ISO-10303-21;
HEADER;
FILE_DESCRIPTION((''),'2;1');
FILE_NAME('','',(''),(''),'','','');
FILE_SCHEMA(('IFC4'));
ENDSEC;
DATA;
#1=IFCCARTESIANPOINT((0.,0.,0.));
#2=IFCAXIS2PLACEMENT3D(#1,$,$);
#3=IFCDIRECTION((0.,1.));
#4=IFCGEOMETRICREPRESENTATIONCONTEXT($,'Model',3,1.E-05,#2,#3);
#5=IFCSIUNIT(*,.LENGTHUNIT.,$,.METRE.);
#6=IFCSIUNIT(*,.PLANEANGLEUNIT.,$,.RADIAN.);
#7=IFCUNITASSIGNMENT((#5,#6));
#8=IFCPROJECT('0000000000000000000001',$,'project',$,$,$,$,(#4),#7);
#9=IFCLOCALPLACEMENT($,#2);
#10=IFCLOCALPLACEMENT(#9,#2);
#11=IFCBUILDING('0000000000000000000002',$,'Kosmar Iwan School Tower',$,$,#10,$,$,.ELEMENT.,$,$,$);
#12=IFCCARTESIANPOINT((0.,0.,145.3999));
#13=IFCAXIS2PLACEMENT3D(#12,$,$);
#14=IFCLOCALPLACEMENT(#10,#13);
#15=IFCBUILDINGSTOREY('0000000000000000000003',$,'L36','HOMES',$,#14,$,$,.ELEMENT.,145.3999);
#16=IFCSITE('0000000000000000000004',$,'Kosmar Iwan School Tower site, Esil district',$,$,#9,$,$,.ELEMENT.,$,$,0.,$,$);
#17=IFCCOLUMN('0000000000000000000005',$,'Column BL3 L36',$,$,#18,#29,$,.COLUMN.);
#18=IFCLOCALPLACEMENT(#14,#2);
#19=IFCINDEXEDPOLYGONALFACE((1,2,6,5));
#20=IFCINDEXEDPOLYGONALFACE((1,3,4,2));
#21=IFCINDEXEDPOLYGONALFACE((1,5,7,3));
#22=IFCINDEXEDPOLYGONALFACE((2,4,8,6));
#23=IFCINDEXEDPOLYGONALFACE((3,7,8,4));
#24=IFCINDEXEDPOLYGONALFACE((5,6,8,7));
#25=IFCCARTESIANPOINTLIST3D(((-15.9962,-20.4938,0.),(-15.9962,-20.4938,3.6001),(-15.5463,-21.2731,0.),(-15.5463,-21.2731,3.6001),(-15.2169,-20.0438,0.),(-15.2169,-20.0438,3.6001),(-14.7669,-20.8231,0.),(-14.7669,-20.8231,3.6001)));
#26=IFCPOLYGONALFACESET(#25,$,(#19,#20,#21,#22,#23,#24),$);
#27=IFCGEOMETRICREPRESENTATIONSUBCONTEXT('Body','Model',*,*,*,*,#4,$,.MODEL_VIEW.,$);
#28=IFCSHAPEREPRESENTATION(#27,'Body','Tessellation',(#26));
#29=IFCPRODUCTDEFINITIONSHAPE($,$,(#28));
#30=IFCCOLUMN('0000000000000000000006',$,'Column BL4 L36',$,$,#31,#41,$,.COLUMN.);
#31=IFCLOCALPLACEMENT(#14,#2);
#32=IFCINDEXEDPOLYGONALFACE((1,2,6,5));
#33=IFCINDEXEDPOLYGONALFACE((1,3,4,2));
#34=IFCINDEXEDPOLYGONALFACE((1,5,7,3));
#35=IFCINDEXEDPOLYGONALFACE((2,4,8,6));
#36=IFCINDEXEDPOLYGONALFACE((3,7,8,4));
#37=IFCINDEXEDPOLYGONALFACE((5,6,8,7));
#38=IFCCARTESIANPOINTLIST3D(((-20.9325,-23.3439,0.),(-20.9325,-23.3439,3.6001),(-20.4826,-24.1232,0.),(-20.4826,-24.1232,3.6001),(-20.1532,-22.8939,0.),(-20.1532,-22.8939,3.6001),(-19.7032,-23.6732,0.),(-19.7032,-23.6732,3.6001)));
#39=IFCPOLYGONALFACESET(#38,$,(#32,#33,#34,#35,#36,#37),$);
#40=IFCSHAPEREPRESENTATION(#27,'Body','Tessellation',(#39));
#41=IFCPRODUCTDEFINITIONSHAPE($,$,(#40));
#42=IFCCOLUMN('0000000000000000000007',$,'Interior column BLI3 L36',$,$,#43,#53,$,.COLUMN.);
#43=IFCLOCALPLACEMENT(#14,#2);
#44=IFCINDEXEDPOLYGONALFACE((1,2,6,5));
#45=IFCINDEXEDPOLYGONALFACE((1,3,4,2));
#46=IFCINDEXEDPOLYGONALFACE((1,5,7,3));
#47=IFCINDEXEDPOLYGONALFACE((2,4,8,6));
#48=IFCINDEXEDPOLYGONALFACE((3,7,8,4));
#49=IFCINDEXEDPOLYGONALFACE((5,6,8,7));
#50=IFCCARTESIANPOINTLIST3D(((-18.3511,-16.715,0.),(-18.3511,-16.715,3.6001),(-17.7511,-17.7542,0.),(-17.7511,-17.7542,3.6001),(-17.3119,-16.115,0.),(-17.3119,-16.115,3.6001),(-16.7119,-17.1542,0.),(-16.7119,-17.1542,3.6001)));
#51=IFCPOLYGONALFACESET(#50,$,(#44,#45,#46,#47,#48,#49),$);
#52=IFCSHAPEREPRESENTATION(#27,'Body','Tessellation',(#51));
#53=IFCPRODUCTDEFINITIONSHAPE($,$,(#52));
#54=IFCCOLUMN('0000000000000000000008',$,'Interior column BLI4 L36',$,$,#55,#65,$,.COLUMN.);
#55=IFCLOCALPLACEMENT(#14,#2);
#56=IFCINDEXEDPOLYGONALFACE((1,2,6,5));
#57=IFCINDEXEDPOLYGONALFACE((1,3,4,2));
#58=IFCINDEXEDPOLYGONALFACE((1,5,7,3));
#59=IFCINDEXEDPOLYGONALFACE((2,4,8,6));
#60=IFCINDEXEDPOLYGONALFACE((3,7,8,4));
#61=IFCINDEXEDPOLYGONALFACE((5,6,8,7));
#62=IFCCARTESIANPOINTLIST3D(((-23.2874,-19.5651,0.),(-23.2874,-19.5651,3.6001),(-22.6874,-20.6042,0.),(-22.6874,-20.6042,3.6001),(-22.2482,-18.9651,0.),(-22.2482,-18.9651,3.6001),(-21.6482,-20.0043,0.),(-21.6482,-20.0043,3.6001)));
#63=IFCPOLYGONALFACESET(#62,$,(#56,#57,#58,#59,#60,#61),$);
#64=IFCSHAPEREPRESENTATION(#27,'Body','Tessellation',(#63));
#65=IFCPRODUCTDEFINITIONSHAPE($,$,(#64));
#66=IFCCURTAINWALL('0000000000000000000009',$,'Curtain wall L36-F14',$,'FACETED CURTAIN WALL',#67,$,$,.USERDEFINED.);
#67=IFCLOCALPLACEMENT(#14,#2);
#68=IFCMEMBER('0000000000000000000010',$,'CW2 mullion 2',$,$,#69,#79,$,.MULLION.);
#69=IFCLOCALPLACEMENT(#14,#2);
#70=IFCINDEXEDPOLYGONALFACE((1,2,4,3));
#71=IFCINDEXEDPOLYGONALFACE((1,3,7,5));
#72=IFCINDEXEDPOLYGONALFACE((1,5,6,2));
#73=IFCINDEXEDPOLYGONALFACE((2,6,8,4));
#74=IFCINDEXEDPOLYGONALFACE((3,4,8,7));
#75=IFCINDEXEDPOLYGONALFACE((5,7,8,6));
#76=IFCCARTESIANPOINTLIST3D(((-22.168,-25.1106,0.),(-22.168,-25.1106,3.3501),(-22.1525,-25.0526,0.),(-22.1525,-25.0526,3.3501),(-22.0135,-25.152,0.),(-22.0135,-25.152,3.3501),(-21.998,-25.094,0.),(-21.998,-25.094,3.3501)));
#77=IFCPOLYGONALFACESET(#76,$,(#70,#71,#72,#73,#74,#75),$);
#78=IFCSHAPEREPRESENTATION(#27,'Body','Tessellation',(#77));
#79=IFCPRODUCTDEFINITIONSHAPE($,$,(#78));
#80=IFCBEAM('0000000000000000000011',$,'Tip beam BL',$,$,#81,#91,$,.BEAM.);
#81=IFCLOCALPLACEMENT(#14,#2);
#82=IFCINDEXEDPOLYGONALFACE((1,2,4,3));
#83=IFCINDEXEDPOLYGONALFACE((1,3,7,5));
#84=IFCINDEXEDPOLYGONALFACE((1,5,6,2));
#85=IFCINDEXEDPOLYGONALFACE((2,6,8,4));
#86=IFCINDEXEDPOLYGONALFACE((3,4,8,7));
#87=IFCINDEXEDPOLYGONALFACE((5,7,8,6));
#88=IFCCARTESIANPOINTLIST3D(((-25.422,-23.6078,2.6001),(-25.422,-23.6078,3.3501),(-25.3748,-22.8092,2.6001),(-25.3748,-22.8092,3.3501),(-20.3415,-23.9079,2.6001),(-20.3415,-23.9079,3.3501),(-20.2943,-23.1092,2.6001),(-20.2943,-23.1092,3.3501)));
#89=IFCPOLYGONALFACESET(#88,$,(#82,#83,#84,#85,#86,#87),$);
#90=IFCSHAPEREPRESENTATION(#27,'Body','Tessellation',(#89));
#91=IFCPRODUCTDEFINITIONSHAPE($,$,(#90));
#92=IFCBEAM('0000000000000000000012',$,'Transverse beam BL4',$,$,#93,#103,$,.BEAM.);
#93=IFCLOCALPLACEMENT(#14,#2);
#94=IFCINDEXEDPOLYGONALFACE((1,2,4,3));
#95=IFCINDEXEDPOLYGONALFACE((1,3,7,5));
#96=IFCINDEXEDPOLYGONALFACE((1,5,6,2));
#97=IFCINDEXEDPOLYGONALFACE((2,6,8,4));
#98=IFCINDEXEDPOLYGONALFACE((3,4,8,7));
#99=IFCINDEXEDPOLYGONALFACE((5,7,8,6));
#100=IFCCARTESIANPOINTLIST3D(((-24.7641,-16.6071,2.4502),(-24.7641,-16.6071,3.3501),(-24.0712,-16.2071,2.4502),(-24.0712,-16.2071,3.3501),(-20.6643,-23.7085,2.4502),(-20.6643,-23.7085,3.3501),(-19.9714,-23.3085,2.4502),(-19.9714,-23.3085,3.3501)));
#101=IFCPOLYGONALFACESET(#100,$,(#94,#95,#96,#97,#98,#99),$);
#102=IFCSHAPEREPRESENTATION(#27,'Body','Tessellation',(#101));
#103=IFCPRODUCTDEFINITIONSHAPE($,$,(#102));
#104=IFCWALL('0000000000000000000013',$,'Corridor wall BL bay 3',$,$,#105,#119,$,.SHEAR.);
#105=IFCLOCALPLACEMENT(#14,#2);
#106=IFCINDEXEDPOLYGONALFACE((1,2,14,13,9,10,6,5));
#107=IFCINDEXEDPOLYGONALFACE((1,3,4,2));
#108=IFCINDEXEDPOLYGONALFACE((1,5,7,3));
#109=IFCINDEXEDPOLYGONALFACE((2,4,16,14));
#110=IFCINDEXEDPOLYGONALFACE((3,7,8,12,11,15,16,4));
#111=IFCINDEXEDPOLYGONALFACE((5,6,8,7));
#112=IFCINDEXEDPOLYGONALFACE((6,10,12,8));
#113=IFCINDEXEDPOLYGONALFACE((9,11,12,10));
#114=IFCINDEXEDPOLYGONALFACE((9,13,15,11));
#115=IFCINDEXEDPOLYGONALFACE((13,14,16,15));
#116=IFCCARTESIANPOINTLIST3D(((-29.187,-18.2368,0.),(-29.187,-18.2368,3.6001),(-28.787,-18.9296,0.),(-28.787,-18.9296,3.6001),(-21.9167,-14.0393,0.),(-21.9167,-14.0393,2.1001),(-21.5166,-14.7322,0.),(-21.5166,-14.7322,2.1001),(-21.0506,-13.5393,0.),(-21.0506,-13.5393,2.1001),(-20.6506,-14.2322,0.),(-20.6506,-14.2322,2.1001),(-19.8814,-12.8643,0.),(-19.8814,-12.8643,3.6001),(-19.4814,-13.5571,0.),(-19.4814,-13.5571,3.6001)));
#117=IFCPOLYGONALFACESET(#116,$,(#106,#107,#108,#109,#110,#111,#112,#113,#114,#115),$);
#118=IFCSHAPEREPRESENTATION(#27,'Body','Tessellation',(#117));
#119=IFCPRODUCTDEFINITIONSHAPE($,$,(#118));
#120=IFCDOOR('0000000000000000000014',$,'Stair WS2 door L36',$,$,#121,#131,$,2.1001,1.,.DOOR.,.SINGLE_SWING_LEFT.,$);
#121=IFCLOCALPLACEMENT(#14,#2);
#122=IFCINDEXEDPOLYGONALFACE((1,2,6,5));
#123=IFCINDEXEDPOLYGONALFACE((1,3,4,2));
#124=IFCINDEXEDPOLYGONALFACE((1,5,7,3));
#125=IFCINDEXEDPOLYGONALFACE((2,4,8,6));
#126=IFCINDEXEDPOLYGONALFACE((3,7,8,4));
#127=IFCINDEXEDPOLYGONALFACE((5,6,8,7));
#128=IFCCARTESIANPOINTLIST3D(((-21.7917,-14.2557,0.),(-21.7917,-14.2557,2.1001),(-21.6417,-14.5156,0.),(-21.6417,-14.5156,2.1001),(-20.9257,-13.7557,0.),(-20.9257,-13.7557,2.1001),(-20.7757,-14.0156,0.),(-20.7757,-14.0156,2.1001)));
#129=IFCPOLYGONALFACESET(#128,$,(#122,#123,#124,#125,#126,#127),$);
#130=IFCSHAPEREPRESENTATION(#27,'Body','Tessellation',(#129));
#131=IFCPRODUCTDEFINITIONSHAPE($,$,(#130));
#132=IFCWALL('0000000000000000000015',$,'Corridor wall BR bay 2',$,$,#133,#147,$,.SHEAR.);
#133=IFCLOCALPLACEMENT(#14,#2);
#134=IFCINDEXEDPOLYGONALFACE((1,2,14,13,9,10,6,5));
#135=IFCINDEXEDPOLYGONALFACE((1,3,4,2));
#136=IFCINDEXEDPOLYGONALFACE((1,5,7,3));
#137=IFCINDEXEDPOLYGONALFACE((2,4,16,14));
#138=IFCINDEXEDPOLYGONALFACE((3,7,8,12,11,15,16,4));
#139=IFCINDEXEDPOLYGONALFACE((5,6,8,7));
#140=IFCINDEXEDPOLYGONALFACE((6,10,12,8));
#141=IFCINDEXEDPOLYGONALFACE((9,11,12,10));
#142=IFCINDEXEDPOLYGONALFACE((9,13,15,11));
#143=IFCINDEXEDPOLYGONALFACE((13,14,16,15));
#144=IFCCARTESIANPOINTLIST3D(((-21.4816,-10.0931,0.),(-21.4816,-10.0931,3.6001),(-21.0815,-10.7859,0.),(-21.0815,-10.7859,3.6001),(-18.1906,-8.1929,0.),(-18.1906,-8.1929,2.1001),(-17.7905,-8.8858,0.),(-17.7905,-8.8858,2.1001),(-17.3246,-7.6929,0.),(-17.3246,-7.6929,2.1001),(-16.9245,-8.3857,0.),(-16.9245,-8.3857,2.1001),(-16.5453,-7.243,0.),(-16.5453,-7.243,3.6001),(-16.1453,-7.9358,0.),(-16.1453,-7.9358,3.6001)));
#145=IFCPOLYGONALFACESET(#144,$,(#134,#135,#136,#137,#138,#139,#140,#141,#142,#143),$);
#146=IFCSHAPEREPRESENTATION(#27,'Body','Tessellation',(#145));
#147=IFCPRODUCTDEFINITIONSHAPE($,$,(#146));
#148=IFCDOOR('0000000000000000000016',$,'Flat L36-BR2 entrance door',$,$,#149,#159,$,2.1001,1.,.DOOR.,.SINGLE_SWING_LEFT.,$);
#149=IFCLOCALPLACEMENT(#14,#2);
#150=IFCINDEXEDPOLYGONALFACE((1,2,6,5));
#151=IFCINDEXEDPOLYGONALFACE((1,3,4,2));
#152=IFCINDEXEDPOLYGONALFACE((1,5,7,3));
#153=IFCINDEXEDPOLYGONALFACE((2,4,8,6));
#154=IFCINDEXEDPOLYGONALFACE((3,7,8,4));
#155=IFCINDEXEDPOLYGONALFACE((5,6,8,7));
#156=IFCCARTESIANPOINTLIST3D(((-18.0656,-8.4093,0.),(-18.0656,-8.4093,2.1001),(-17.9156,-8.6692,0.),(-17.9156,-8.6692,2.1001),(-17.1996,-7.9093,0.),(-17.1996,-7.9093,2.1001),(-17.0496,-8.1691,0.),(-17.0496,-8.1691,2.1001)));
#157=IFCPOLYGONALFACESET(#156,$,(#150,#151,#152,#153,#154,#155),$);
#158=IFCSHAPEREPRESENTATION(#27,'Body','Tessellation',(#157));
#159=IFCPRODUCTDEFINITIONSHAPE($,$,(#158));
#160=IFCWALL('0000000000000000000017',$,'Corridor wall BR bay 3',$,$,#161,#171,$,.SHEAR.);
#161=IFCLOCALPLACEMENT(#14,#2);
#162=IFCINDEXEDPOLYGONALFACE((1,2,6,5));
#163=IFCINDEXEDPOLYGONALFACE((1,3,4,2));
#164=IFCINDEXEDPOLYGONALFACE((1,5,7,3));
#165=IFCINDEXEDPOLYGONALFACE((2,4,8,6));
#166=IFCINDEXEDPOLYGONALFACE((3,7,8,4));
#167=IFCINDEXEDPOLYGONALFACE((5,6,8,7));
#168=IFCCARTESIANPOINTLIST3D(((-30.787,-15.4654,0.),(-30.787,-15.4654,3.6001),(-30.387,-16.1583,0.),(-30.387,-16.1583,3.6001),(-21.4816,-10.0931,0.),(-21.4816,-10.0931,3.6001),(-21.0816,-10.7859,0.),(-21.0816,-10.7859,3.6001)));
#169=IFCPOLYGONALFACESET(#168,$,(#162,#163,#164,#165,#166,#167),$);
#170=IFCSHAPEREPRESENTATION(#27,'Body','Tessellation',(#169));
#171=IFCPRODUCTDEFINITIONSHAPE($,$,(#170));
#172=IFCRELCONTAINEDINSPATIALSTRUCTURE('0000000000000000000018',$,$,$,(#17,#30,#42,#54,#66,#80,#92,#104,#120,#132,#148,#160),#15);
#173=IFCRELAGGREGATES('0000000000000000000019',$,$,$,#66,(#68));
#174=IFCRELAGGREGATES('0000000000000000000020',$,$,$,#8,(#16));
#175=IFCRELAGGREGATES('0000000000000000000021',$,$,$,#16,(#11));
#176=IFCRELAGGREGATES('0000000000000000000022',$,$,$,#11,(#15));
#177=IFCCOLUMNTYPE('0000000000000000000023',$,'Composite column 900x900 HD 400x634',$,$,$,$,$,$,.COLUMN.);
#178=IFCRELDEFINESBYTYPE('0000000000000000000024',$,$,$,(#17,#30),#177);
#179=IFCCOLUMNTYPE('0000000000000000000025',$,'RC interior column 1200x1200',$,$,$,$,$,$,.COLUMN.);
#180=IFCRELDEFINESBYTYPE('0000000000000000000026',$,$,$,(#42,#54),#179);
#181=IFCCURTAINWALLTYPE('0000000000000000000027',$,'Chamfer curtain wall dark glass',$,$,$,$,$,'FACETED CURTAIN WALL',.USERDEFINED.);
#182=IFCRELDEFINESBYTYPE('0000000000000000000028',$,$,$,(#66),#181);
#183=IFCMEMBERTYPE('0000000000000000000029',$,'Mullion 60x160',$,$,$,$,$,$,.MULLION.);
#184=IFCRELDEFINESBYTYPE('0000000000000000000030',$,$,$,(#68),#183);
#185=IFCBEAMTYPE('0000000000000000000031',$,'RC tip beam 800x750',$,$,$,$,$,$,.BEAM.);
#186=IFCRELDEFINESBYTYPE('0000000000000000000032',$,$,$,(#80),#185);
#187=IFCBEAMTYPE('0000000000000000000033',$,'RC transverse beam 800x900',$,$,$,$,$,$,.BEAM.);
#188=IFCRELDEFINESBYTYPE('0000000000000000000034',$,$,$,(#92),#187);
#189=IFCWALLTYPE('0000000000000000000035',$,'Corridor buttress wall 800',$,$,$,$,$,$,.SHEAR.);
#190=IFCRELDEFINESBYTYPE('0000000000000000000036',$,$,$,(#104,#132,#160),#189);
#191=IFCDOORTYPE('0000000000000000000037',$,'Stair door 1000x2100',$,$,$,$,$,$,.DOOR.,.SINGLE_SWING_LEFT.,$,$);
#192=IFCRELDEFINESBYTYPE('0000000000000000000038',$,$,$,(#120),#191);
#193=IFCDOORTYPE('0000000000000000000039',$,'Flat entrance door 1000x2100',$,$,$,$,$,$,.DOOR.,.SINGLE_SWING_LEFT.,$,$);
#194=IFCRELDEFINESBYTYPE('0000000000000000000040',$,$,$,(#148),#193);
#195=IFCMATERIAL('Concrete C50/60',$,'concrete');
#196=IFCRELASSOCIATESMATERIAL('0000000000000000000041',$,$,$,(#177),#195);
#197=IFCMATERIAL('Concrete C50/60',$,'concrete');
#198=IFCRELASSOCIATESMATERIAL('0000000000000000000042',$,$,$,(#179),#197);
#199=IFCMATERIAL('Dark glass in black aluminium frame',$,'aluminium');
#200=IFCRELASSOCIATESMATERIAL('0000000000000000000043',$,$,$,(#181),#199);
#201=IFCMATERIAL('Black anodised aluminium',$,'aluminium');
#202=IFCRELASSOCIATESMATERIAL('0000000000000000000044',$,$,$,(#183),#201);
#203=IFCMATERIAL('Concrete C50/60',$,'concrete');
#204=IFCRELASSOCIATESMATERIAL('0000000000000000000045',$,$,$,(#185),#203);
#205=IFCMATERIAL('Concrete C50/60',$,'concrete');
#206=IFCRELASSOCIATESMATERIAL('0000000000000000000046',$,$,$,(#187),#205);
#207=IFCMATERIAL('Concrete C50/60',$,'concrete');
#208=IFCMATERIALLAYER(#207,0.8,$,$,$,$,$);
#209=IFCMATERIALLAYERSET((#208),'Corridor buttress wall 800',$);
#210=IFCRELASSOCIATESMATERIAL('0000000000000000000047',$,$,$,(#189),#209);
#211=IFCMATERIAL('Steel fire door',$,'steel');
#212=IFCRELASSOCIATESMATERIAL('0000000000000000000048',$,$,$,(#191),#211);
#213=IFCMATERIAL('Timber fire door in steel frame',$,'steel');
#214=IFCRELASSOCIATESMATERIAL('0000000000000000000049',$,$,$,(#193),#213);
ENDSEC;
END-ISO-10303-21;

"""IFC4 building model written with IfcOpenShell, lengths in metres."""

from ifc_helpers import new_model, si_unit, direction, frame, frame_2d, origin, origin_2d, place, context, subcontext, project, spatial, rectangle, extrude, material, layer, layer_set, material_profile, profile_set, type_object, element, fill, aggregate, save


model = new_model("IFC4")

# Units and contexts
model_context = context("Model", 3, precision=1e-05, world=origin(), true_north=direction((0.0, 1.0)))
body_context = subcontext(model_context, "Body", "Model", "MODEL_VIEW")
ifc_project = project(units=[si_unit("LENGTHUNIT", "METRE"), si_unit("PLANEANGLEUNIT", "RADIAN")], contexts=[model_context])

# Site, building, storey
site_placement = place(None, origin())
site = spatial("IfcSite", under=ifc_project, at=site_placement, Name="Kosmar Iwan School Tower site, Esil district", CompositionType="ELEMENT", RefElevation=0.0)
building_placement = place(site_placement, origin())
building = spatial("IfcBuilding", under=site, at=building_placement, Name="Kosmar Iwan School Tower", CompositionType="ELEMENT")
storey_placement = place(building_placement, frame((0.0, 0.0, 145.3999)))
storey = spatial("IfcBuildingStorey", under=building, at=storey_placement, Name="L36", Description="HOMES", CompositionType="ELEMENT", Elevation=145.3999)

# Columns
ifc_material_1 = material(Name="Concrete C50/60", Category="concrete")
ifc_material_profile_1 = material_profile(ifc_material_1, rectangle(XDim=0.8999, YDim=0.8999, at=origin_2d()), Name="RC 900x900 + HD 400x634")
ifc_profile_set_1 = profile_set([ifc_material_profile_1], Name="Concrete C50/60")
column_type_1 = type_object("IfcColumnType", Name="Composite column 900x900 HD 400x634", PredefinedType="COLUMN", material=ifc_profile_set_1)
for number, where, z_axis, x_axis, name in (
    (1, (-15.3816, -20.6584, 0.0), (0.0, 0.0, 1.0), (-0.866025, -0.5, 0.0), "Column BL3 L36"),
    (2, (-20.3179, -23.5085, 0.0), (0.0, 0.0, 1.0), (-0.866025, -0.5, 0.0), "Column BL4 L36"),
):
    element("IfcColumn", number, at=place(storey_placement, frame(where, z_axis=z_axis, x_axis=x_axis)), inside=storey, type_object=column_type_1, Name=name, PredefinedType="COLUMN", context=body_context, shape_type="SweptSolid", body=[
        extrude(rectangle(XDim=0.8999, YDim=0.8999, at=origin_2d()), origin(), (0.0, 0.0, 1.0), 3.6001),
    ])
ifc_material_2 = material(Name="Concrete C50/60", Category="concrete")
ifc_material_profile_2 = material_profile(ifc_material_2, rectangle(XDim=1.2, YDim=1.2, at=origin_2d()), Name="RC 1200x1200")
ifc_profile_set_2 = profile_set([ifc_material_profile_2], Name="Concrete C50/60")
column_type_2 = type_object("IfcColumnType", Name="RC interior column 1200x1200", PredefinedType="COLUMN", material=ifc_profile_set_2)
for number, where, z_axis, x_axis, name in (
    (3, (-17.5315, -16.9346, 0.0), (0.0, 0.0, 1.0), (-0.866025, -0.5, 0.0), "Interior column BLI3 L36"),
    (4, (-22.4678, -19.7847, 0.0), (0.0, 0.0, 1.0), (-0.866025, -0.5, 0.0), "Interior column BLI4 L36"),
):
    element("IfcColumn", number, at=place(storey_placement, frame(where, z_axis=z_axis, x_axis=x_axis)), inside=storey, type_object=column_type_2, Name=name, PredefinedType="COLUMN", context=body_context, shape_type="SweptSolid", body=[
        extrude(rectangle(XDim=1.2, YDim=1.2, at=origin_2d()), origin(), (0.0, 0.0, 1.0), 3.6001),
    ])

# Curtain wall, member
ifc_material_3 = material(Name="Dark glass in black aluminium frame", Category="aluminium")
curtain_wall_type = type_object("IfcCurtainWallType", Name="Chamfer curtain wall dark glass", ElementType="FACETED CURTAIN WALL", PredefinedType="USERDEFINED", material=ifc_material_3)
curtain_wall_placement = place(storey_placement, origin())
curtain_wall = element("IfcCurtainWall", 5, at=curtain_wall_placement, inside=storey, type_object=curtain_wall_type, Name="Curtain wall L36-F14", ObjectType="FACETED CURTAIN WALL", PredefinedType="USERDEFINED")
ifc_material_4 = material(Name="Black anodised aluminium", Category="aluminium")
ifc_material_profile_3 = material_profile(ifc_material_4, rectangle(XDim=0.0601, YDim=0.1599, at=origin_2d()), Name="MULLION 60x160")
ifc_profile_set_3 = profile_set([ifc_material_profile_3], Name="Black anodised aluminium")
member_type = type_object("IfcMemberType", Name="Mullion 60x160", PredefinedType="MULLION", material=ifc_profile_set_3)
member_placement = place(storey_placement, frame((-22.083, -25.1023, 0.0), z_axis=(0.0, 0.0, 1.0), x_axis=(0.258819, 0.965926, 0.0)))
member = element("IfcMember", 6, at=member_placement, type_object=member_type, Name="CW2 mullion 2", PredefinedType="MULLION", context=body_context, shape_type="SweptSolid", body=[
    extrude(rectangle(XDim=0.0601, YDim=0.1599, at=origin_2d()), origin(), (0.0, 0.0, 1.0), 3.3501),
])
aggregate(curtain_wall, [member])

# Beams
ifc_material_5 = material(Name="Concrete C50/60", Category="concrete")
ifc_material_profile_4 = material_profile(ifc_material_5, rectangle(XDim=0.8, YDim=0.75, at=origin_2d()), Name="RC 800x750")
ifc_profile_set_4 = profile_set([ifc_material_profile_4], Name="Concrete C50/60")
beam_type_1 = type_object("IfcBeamType", Name="RC tip beam 800x750", PredefinedType="BEAM", material=ifc_profile_set_4)
beam_1_placement = place(storey_placement, frame((-20.3179, -23.5085, 2.9751), z_axis=(-0.998261, 0.058955, 0.0), x_axis=(-0.058955, -0.998261, 0.0)))
element("IfcBeam", 7, at=beam_1_placement, inside=storey, type_object=beam_type_1, Name="Tip beam BL", PredefinedType="BEAM", context=body_context, shape_type="SweptSolid", body=[
    extrude(rectangle(XDim=0.8, YDim=0.75, at=origin_2d()), origin(), (0.0, 0.0, 1.0), 5.0894),
])
ifc_material_6 = material(Name="Concrete C50/60", Category="concrete")
ifc_material_profile_5 = material_profile(ifc_material_6, rectangle(XDim=0.8, YDim=0.8999, at=origin_2d()), Name="RC 800x900")
ifc_profile_set_5 = profile_set([ifc_material_profile_5], Name="Concrete C50/60")
beam_type_2 = type_object("IfcBeamType", Name="RC transverse beam 800x900", PredefinedType="BEAM", material=ifc_profile_set_5)
beam_2_placement = place(storey_placement, frame((-20.3179, -23.5085, 2.9001), z_axis=(-0.499978, 0.866038, 0.0), x_axis=(-0.866038, -0.499978, 0.0)))
element("IfcBeam", 8, at=beam_2_placement, inside=storey, type_object=beam_type_2, Name="Transverse beam BL4", PredefinedType="BEAM", context=body_context, shape_type="SweptSolid", body=[
    extrude(rectangle(XDim=0.8, YDim=0.8999, at=origin_2d()), origin(), (0.0, 0.0, 1.0), 8.2),
])

# Walls, openings, doors
ifc_material_7 = material(Name="Concrete C50/60", Category="concrete")
ifc_layer_1 = layer(ifc_material_7, 0.8)
ifc_layer_set_1 = layer_set([ifc_layer_1], Name="Corridor buttress wall 800")
wall_type_1 = type_object("IfcWallType", Name="Corridor buttress wall 800", PredefinedType="SHEAR", material=ifc_layer_set_1)
wall_1_placement = place(storey_placement, frame((-19.6814, -13.2107, 0.0), z_axis=(0.0, 0.0, 1.0), x_axis=(-0.866028, -0.499995, 0.0)))
wall_1 = element("IfcWall", 9, at=wall_1_placement, inside=storey, type_object=wall_type_1, Name="Corridor wall BL bay 3", PredefinedType="SHEAR", context=body_context, shape_type="SweptSolid", body=[
    extrude(rectangle(XDim=10.7451, YDim=0.8, at=frame_2d((5.3726, 0.0))), origin(), (0.0, 0.0, 1.0), 3.6001),
])
opening_1_placement = place(wall_1_placement, frame((1.3501, 0.0, 0.0)))
opening_1 = element("IfcOpeningElement", 10, at=opening_1_placement, cuts=wall_1, PredefinedType="OPENING", context=body_context, shape_type="SweptSolid", body=[
    extrude(rectangle(XDim=1.0, YDim=2.1001, at=frame_2d((0.5, 1.05))), frame((0.0, 0.4121, 0.0), z_axis=(0.0, -1.0, 0.0), x_axis=(1.0, 0.0, 0.0)), (0.0, 0.0, 1.0), 0.824),
])
ifc_material_8 = material(Name="Steel fire door", Category="steel")
door_type_1 = type_object("IfcDoorType", Name="Stair door 1000x2100", OperationType="SINGLE_SWING_LEFT", PredefinedType="DOOR", material=ifc_material_8)
door_1_placement = place(opening_1_placement, origin())
door_1 = element("IfcDoor", 11, at=door_1_placement, inside=storey, type_object=door_type_1, Name="Stair WS2 door L36", OperationType="SINGLE_SWING_LEFT", OverallHeight=2.1001, OverallWidth=1.0, PredefinedType="DOOR", context=body_context, shape_type="SweptSolid", body=[
    extrude(rectangle(XDim=1.0, YDim=2.1001, at=frame_2d((0.5, 1.05))), frame((0.0, 0.1499, 0.0), z_axis=(0.0, -1.0, 0.0), x_axis=(1.0, 0.0, 0.0)), (0.0, 0.0, 1.0), 0.3),
])
fill(opening_1, door_1)
wall_2_placement = place(storey_placement, frame((-16.3452, -7.5894, 0.0), z_axis=(0.0, 0.0, 1.0), x_axis=(-0.866015, -0.500018, 0.0)))
wall_2 = element("IfcWall", 12, at=wall_2_placement, inside=storey, type_object=wall_type_1, Name="Corridor wall BR bay 2", PredefinedType="SHEAR", context=body_context, shape_type="SweptSolid", body=[
    extrude(rectangle(XDim=5.7, YDim=0.8, at=frame_2d((2.8501, 0.0))), origin(), (0.0, 0.0, 1.0), 3.6001),
])
opening_2_placement = place(wall_2_placement, frame((0.8999, 0.0, 0.0)))
opening_2 = element("IfcOpeningElement", 13, at=opening_2_placement, cuts=wall_2, PredefinedType="OPENING", context=body_context, shape_type="SweptSolid", body=[
    extrude(rectangle(XDim=1.0, YDim=2.1001, at=frame_2d((0.5, 1.05))), frame((0.0, 0.4121, 0.0), z_axis=(0.0, -1.0, 0.0), x_axis=(1.0, 0.0, 0.0)), (0.0, 0.0, 1.0), 0.824),
])
ifc_material_9 = material(Name="Timber fire door in steel frame", Category="steel")
door_type_2 = type_object("IfcDoorType", Name="Flat entrance door 1000x2100", OperationType="SINGLE_SWING_LEFT", PredefinedType="DOOR", material=ifc_material_9)
door_2_placement = place(opening_2_placement, origin())
door_2 = element("IfcDoor", 14, at=door_2_placement, inside=storey, type_object=door_type_2, Name="Flat L36-BR2 entrance door", OperationType="SINGLE_SWING_LEFT", OverallHeight=2.1001, OverallWidth=1.0, PredefinedType="DOOR", context=body_context, shape_type="SweptSolid", body=[
    extrude(rectangle(XDim=1.0, YDim=2.1001, at=frame_2d((0.5, 1.05))), frame((0.0, 0.1499, 0.0), z_axis=(0.0, -1.0, 0.0), x_axis=(1.0, 0.0, 0.0)), (0.0, 0.0, 1.0), 0.3),
])
fill(opening_2, door_2)

# Wall
wall_3_placement = place(storey_placement, frame((-21.2815, -10.4395, 0.0), z_axis=(0.0, 0.0, 1.0), x_axis=(-0.866032, -0.499988, 0.0)))
element("IfcWall", 15, at=wall_3_placement, inside=storey, type_object=wall_type_1, Name="Corridor wall BR bay 3", PredefinedType="SHEAR", context=body_context, shape_type="SweptSolid", body=[
    extrude(rectangle(XDim=10.7449, YDim=0.8, at=frame_2d((5.3726, 0.0))), origin(), (0.0, 0.0, 1.0), 3.6001),
])

save(model, "model.ifc")
